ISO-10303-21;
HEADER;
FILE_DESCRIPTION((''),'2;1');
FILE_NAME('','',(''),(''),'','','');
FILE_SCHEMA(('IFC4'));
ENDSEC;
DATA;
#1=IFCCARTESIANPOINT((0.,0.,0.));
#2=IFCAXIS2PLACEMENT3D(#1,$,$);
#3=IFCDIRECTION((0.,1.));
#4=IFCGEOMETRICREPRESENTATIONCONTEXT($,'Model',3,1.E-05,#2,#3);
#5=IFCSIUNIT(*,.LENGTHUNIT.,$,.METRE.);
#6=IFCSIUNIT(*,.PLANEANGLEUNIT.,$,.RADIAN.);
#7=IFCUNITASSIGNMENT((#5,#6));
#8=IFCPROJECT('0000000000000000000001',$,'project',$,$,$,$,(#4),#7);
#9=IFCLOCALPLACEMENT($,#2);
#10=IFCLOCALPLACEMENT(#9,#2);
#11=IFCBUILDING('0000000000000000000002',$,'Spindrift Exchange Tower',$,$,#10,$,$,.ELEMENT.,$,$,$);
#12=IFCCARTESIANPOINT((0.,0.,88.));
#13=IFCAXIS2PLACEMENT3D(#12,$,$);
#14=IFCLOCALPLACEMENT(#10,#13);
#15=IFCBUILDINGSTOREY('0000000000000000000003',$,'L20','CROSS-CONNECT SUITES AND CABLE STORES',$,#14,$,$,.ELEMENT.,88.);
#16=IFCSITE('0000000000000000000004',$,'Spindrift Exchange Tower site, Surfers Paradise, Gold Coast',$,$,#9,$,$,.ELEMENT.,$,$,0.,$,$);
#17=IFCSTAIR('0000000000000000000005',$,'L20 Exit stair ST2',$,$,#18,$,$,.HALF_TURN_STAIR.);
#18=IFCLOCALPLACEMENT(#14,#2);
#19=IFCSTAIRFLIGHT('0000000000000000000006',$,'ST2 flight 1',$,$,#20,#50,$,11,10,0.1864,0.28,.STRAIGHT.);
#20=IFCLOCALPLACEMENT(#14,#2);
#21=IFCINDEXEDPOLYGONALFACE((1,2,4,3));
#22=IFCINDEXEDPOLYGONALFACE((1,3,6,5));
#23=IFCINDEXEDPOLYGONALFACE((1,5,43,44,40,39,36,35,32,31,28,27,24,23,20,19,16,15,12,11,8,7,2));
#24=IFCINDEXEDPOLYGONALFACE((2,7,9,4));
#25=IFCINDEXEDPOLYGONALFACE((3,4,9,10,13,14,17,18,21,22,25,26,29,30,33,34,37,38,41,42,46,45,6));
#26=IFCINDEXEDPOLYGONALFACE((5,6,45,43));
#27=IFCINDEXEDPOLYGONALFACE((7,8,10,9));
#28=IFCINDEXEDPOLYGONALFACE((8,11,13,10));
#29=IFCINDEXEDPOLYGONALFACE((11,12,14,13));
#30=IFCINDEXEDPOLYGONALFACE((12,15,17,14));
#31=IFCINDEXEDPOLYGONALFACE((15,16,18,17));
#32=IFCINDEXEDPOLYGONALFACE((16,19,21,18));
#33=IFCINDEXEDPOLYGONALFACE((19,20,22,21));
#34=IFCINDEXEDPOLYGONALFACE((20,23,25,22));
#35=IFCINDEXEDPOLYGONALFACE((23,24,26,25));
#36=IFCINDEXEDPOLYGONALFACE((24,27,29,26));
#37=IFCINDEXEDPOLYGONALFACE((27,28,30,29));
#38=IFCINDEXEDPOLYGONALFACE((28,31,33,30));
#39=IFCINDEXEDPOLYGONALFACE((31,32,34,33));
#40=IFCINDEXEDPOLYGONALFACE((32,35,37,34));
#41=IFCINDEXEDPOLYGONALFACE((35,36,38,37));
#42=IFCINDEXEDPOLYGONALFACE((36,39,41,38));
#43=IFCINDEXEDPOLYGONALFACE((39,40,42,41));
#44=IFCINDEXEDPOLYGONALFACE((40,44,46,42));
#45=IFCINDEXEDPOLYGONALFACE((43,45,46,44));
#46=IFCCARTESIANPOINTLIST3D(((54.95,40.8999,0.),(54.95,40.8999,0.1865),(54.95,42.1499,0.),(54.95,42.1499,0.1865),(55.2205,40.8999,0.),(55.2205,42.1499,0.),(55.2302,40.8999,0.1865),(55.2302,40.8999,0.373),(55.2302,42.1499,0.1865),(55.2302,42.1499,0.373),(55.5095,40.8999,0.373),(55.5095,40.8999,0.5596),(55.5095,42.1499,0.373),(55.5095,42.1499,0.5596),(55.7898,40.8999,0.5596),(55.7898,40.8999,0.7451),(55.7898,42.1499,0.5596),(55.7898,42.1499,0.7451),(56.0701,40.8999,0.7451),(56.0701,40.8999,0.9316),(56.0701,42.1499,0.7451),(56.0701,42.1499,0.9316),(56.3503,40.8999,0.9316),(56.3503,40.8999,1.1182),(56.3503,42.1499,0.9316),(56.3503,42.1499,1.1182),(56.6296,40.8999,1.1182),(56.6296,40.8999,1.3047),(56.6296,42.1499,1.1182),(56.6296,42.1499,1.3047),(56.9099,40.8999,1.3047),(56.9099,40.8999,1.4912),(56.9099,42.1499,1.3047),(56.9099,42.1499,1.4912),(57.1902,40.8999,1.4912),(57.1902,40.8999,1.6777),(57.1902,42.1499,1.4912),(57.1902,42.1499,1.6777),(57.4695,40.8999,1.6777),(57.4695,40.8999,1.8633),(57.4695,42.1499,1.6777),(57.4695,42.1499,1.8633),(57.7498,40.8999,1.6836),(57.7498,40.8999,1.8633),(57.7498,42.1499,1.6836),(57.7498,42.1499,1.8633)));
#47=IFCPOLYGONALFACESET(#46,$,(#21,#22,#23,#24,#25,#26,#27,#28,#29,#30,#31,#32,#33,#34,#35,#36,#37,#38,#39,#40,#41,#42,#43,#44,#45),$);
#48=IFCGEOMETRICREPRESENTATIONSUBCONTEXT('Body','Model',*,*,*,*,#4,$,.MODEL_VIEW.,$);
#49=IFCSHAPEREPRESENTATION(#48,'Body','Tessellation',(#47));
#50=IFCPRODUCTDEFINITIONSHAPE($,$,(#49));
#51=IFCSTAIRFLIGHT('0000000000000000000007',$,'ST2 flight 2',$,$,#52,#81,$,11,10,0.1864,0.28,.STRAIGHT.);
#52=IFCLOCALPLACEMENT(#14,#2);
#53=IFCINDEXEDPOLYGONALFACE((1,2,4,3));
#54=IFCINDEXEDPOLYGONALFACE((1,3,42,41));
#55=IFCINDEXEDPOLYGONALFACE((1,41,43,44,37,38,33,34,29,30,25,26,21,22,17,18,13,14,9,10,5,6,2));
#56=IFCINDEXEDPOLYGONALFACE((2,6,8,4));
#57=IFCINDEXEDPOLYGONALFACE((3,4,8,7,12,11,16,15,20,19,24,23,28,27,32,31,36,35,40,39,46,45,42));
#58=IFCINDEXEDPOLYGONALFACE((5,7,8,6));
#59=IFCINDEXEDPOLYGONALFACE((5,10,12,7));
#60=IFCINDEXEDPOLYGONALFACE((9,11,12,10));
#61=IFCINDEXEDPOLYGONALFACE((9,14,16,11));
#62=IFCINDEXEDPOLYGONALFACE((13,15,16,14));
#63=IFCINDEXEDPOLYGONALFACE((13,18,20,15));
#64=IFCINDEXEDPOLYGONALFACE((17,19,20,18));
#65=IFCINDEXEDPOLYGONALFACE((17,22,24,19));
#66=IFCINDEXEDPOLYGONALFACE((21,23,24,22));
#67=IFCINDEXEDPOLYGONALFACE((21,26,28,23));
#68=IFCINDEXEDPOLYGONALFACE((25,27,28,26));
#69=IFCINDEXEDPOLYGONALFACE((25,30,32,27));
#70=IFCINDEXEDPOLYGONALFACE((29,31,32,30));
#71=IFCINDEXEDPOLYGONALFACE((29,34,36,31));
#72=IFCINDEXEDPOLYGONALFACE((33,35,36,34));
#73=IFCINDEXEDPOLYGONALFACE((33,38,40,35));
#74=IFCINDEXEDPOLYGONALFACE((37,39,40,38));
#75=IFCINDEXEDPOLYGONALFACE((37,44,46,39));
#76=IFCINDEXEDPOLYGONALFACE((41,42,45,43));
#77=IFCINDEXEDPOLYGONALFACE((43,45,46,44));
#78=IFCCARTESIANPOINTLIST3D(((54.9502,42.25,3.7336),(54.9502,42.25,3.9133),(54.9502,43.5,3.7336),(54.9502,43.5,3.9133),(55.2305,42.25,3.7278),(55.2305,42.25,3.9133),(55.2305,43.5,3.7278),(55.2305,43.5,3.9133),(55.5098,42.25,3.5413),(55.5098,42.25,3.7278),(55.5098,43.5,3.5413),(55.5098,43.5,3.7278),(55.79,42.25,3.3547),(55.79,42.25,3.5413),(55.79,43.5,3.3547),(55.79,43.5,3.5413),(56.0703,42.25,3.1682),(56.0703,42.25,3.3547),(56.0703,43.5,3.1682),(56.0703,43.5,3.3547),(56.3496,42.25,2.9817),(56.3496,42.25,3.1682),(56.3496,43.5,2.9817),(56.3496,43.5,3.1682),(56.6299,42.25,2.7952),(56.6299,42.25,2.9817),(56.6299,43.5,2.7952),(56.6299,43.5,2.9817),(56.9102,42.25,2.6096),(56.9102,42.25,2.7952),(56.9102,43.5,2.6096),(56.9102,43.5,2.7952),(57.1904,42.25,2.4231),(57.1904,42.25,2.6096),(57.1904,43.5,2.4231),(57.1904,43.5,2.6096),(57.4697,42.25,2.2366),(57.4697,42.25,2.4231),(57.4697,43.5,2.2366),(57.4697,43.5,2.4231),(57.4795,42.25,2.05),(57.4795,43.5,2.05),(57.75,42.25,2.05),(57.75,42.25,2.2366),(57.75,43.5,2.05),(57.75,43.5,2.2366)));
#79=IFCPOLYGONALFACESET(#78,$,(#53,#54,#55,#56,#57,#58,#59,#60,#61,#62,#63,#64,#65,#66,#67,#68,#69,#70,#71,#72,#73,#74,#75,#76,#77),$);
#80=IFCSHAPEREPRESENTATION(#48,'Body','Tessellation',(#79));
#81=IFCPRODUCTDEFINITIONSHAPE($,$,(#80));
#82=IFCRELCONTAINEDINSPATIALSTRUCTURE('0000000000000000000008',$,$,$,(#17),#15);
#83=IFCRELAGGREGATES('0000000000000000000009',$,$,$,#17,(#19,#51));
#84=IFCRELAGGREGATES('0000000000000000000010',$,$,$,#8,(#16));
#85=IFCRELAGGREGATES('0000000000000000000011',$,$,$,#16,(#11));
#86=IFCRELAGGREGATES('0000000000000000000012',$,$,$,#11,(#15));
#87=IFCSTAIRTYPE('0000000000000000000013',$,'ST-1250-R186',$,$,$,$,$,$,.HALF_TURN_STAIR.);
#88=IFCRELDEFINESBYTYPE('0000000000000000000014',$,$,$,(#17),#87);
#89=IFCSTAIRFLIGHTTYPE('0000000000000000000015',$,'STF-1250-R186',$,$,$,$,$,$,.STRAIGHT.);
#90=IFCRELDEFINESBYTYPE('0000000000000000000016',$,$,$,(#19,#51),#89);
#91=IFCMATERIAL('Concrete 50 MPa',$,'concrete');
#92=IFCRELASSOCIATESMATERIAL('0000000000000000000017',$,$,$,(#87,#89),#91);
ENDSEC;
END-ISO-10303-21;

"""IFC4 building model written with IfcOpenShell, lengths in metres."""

from ifc_helpers import new_model, si_unit, direction, frame, origin, place, context, subcontext, project, spatial, line, indexed_curve, outline, extrude, material, type_object, element, aggregate, save


model = new_model("IFC4")

# Units and contexts
model_context = context("Model", 3, precision=1e-05, world=origin(), true_north=direction((0.0, 1.0)))
body_context = subcontext(model_context, "Body", "Model", "MODEL_VIEW")
ifc_project = project(units=[si_unit("LENGTHUNIT", "METRE"), si_unit("PLANEANGLEUNIT", "RADIAN")], contexts=[model_context])

# Site, building, storey
site_placement = place(None, origin())
site = spatial("IfcSite", under=ifc_project, at=site_placement, Name="Spindrift Exchange Tower site, Surfers Paradise, Gold Coast", CompositionType="ELEMENT", RefElevation=0.0)
building_placement = place(site_placement, origin())
building = spatial("IfcBuilding", under=site, at=building_placement, Name="Spindrift Exchange Tower", CompositionType="ELEMENT")
storey_placement = place(building_placement, frame((0.0, 0.0, 88.0)))
storey = spatial("IfcBuildingStorey", under=building, at=storey_placement, Name="L20", Description="CROSS-CONNECT SUITES AND CABLE STORES", CompositionType="ELEMENT", Elevation=88.0)

# Stair, stair flights
ifc_material_1 = material(Name="Concrete 50 MPa", Category="concrete")
stair_type = type_object("IfcStairType", Name="ST-1250-R186", PredefinedType="HALF_TURN_STAIR", material=ifc_material_1)
stair_placement = place(storey_placement, origin())
stair = element("IfcStair", 1, at=stair_placement, inside=storey, type_object=stair_type, Name="L20 Exit stair ST2", PredefinedType="HALF_TURN_STAIR")
stair_flight_type = type_object("IfcStairFlightType", Name="STF-1250-R186", PredefinedType="STRAIGHT", material=ifc_material_1)
stair_flight_1_placement = place(storey_placement, frame((54.95, 41.5249, 0.0), z_axis=(0.0, 0.0, 1.0), x_axis=(1.0, 0.0, 0.0)))
stair_flight_1 = element("IfcStairFlight", 2, at=stair_flight_1_placement, type_object=stair_flight_type, Name="ST2 flight 1", NumberOfRisers=11, NumberOfTreads=10, PredefinedType="STRAIGHT", RiserHeight=0.1864, TreadLength=0.28, context=body_context, shape_type="SweptSolid", body=[
    extrude(outline(indexed_curve([(0.0, 0.0), (0.0, 0.1865), (0.2803, 0.1865), (0.2803, 0.373), (0.5596, 0.373), (0.5596, 0.5596), (0.8398, 0.5596), (0.8398, 0.7451), (1.1201, 0.7451), (1.1201, 0.9316), (1.4004, 0.9316), (1.4004, 1.1182), (1.6797, 1.1182), (1.6797, 1.3047), (1.96, 1.3047), (1.96, 1.4912), (2.2402, 1.4912), (2.2402, 1.6777), (2.5195, 1.6777), (2.5195, 1.8633), (2.7998, 1.8633), (2.7998, 2.0498), (2.7998, 1.6836), (0.2705, 0.0)], segments=[line(1, 2, 3, 4, 5, 6, 7, 8, 9, 10, 11, 12, 13, 14, 15, 16, 17, 18, 19, 20, 21, 22, 23, 24, 1)], self_intersect=False)), frame((0.0, 0.625, 0.0), z_axis=(0.0, -1.0, 0.0), x_axis=(1.0, 0.0, 0.0)), (0.0, 0.0, 1.0), 1.25),
])
stair_flight_2_placement = place(storey_placement, frame((57.75, 42.875, 2.05), z_axis=(0.0, 0.0, 1.0), x_axis=(-1.0, 0.0, 0.0)))
stair_flight_2 = element("IfcStairFlight", 3, at=stair_flight_2_placement, type_object=stair_flight_type, Name="ST2 flight 2", NumberOfRisers=11, NumberOfTreads=10, PredefinedType="STRAIGHT", RiserHeight=0.1864, TreadLength=0.28, context=body_context, shape_type="SweptSolid", body=[
    extrude(outline(indexed_curve([(0.0, 0.0), (0.0, 0.1865), (0.2803, 0.1865), (0.2803, 0.373), (0.5596, 0.373), (0.5596, 0.5596), (0.8398, 0.5596), (0.8398, 0.7451), (1.1201, 0.7451), (1.1201, 0.9316), (1.4004, 0.9316), (1.4004, 1.1182), (1.6797, 1.1182), (1.6797, 1.3047), (1.96, 1.3047), (1.96, 1.4912), (2.2402, 1.4912), (2.2402, 1.6777), (2.5195, 1.6777), (2.5195, 1.8633), (2.7998, 1.8633), (2.7998, 2.0498), (2.7998, 1.6836), (0.2705, 0.0)], segments=[line(1, 2, 3, 4, 5, 6, 7, 8, 9, 10, 11, 12, 13, 14, 15, 16, 17, 18, 19, 20, 21, 22, 23, 24, 1)], self_intersect=False)), frame((0.0, 0.625, 0.0), z_axis=(0.0, -1.0, 0.0), x_axis=(1.0, 0.0, 0.0)), (0.0, 0.0, 1.0), 1.25),
])
aggregate(stair, [stair_flight_1, stair_flight_2])

save(model, "model.ifc")
